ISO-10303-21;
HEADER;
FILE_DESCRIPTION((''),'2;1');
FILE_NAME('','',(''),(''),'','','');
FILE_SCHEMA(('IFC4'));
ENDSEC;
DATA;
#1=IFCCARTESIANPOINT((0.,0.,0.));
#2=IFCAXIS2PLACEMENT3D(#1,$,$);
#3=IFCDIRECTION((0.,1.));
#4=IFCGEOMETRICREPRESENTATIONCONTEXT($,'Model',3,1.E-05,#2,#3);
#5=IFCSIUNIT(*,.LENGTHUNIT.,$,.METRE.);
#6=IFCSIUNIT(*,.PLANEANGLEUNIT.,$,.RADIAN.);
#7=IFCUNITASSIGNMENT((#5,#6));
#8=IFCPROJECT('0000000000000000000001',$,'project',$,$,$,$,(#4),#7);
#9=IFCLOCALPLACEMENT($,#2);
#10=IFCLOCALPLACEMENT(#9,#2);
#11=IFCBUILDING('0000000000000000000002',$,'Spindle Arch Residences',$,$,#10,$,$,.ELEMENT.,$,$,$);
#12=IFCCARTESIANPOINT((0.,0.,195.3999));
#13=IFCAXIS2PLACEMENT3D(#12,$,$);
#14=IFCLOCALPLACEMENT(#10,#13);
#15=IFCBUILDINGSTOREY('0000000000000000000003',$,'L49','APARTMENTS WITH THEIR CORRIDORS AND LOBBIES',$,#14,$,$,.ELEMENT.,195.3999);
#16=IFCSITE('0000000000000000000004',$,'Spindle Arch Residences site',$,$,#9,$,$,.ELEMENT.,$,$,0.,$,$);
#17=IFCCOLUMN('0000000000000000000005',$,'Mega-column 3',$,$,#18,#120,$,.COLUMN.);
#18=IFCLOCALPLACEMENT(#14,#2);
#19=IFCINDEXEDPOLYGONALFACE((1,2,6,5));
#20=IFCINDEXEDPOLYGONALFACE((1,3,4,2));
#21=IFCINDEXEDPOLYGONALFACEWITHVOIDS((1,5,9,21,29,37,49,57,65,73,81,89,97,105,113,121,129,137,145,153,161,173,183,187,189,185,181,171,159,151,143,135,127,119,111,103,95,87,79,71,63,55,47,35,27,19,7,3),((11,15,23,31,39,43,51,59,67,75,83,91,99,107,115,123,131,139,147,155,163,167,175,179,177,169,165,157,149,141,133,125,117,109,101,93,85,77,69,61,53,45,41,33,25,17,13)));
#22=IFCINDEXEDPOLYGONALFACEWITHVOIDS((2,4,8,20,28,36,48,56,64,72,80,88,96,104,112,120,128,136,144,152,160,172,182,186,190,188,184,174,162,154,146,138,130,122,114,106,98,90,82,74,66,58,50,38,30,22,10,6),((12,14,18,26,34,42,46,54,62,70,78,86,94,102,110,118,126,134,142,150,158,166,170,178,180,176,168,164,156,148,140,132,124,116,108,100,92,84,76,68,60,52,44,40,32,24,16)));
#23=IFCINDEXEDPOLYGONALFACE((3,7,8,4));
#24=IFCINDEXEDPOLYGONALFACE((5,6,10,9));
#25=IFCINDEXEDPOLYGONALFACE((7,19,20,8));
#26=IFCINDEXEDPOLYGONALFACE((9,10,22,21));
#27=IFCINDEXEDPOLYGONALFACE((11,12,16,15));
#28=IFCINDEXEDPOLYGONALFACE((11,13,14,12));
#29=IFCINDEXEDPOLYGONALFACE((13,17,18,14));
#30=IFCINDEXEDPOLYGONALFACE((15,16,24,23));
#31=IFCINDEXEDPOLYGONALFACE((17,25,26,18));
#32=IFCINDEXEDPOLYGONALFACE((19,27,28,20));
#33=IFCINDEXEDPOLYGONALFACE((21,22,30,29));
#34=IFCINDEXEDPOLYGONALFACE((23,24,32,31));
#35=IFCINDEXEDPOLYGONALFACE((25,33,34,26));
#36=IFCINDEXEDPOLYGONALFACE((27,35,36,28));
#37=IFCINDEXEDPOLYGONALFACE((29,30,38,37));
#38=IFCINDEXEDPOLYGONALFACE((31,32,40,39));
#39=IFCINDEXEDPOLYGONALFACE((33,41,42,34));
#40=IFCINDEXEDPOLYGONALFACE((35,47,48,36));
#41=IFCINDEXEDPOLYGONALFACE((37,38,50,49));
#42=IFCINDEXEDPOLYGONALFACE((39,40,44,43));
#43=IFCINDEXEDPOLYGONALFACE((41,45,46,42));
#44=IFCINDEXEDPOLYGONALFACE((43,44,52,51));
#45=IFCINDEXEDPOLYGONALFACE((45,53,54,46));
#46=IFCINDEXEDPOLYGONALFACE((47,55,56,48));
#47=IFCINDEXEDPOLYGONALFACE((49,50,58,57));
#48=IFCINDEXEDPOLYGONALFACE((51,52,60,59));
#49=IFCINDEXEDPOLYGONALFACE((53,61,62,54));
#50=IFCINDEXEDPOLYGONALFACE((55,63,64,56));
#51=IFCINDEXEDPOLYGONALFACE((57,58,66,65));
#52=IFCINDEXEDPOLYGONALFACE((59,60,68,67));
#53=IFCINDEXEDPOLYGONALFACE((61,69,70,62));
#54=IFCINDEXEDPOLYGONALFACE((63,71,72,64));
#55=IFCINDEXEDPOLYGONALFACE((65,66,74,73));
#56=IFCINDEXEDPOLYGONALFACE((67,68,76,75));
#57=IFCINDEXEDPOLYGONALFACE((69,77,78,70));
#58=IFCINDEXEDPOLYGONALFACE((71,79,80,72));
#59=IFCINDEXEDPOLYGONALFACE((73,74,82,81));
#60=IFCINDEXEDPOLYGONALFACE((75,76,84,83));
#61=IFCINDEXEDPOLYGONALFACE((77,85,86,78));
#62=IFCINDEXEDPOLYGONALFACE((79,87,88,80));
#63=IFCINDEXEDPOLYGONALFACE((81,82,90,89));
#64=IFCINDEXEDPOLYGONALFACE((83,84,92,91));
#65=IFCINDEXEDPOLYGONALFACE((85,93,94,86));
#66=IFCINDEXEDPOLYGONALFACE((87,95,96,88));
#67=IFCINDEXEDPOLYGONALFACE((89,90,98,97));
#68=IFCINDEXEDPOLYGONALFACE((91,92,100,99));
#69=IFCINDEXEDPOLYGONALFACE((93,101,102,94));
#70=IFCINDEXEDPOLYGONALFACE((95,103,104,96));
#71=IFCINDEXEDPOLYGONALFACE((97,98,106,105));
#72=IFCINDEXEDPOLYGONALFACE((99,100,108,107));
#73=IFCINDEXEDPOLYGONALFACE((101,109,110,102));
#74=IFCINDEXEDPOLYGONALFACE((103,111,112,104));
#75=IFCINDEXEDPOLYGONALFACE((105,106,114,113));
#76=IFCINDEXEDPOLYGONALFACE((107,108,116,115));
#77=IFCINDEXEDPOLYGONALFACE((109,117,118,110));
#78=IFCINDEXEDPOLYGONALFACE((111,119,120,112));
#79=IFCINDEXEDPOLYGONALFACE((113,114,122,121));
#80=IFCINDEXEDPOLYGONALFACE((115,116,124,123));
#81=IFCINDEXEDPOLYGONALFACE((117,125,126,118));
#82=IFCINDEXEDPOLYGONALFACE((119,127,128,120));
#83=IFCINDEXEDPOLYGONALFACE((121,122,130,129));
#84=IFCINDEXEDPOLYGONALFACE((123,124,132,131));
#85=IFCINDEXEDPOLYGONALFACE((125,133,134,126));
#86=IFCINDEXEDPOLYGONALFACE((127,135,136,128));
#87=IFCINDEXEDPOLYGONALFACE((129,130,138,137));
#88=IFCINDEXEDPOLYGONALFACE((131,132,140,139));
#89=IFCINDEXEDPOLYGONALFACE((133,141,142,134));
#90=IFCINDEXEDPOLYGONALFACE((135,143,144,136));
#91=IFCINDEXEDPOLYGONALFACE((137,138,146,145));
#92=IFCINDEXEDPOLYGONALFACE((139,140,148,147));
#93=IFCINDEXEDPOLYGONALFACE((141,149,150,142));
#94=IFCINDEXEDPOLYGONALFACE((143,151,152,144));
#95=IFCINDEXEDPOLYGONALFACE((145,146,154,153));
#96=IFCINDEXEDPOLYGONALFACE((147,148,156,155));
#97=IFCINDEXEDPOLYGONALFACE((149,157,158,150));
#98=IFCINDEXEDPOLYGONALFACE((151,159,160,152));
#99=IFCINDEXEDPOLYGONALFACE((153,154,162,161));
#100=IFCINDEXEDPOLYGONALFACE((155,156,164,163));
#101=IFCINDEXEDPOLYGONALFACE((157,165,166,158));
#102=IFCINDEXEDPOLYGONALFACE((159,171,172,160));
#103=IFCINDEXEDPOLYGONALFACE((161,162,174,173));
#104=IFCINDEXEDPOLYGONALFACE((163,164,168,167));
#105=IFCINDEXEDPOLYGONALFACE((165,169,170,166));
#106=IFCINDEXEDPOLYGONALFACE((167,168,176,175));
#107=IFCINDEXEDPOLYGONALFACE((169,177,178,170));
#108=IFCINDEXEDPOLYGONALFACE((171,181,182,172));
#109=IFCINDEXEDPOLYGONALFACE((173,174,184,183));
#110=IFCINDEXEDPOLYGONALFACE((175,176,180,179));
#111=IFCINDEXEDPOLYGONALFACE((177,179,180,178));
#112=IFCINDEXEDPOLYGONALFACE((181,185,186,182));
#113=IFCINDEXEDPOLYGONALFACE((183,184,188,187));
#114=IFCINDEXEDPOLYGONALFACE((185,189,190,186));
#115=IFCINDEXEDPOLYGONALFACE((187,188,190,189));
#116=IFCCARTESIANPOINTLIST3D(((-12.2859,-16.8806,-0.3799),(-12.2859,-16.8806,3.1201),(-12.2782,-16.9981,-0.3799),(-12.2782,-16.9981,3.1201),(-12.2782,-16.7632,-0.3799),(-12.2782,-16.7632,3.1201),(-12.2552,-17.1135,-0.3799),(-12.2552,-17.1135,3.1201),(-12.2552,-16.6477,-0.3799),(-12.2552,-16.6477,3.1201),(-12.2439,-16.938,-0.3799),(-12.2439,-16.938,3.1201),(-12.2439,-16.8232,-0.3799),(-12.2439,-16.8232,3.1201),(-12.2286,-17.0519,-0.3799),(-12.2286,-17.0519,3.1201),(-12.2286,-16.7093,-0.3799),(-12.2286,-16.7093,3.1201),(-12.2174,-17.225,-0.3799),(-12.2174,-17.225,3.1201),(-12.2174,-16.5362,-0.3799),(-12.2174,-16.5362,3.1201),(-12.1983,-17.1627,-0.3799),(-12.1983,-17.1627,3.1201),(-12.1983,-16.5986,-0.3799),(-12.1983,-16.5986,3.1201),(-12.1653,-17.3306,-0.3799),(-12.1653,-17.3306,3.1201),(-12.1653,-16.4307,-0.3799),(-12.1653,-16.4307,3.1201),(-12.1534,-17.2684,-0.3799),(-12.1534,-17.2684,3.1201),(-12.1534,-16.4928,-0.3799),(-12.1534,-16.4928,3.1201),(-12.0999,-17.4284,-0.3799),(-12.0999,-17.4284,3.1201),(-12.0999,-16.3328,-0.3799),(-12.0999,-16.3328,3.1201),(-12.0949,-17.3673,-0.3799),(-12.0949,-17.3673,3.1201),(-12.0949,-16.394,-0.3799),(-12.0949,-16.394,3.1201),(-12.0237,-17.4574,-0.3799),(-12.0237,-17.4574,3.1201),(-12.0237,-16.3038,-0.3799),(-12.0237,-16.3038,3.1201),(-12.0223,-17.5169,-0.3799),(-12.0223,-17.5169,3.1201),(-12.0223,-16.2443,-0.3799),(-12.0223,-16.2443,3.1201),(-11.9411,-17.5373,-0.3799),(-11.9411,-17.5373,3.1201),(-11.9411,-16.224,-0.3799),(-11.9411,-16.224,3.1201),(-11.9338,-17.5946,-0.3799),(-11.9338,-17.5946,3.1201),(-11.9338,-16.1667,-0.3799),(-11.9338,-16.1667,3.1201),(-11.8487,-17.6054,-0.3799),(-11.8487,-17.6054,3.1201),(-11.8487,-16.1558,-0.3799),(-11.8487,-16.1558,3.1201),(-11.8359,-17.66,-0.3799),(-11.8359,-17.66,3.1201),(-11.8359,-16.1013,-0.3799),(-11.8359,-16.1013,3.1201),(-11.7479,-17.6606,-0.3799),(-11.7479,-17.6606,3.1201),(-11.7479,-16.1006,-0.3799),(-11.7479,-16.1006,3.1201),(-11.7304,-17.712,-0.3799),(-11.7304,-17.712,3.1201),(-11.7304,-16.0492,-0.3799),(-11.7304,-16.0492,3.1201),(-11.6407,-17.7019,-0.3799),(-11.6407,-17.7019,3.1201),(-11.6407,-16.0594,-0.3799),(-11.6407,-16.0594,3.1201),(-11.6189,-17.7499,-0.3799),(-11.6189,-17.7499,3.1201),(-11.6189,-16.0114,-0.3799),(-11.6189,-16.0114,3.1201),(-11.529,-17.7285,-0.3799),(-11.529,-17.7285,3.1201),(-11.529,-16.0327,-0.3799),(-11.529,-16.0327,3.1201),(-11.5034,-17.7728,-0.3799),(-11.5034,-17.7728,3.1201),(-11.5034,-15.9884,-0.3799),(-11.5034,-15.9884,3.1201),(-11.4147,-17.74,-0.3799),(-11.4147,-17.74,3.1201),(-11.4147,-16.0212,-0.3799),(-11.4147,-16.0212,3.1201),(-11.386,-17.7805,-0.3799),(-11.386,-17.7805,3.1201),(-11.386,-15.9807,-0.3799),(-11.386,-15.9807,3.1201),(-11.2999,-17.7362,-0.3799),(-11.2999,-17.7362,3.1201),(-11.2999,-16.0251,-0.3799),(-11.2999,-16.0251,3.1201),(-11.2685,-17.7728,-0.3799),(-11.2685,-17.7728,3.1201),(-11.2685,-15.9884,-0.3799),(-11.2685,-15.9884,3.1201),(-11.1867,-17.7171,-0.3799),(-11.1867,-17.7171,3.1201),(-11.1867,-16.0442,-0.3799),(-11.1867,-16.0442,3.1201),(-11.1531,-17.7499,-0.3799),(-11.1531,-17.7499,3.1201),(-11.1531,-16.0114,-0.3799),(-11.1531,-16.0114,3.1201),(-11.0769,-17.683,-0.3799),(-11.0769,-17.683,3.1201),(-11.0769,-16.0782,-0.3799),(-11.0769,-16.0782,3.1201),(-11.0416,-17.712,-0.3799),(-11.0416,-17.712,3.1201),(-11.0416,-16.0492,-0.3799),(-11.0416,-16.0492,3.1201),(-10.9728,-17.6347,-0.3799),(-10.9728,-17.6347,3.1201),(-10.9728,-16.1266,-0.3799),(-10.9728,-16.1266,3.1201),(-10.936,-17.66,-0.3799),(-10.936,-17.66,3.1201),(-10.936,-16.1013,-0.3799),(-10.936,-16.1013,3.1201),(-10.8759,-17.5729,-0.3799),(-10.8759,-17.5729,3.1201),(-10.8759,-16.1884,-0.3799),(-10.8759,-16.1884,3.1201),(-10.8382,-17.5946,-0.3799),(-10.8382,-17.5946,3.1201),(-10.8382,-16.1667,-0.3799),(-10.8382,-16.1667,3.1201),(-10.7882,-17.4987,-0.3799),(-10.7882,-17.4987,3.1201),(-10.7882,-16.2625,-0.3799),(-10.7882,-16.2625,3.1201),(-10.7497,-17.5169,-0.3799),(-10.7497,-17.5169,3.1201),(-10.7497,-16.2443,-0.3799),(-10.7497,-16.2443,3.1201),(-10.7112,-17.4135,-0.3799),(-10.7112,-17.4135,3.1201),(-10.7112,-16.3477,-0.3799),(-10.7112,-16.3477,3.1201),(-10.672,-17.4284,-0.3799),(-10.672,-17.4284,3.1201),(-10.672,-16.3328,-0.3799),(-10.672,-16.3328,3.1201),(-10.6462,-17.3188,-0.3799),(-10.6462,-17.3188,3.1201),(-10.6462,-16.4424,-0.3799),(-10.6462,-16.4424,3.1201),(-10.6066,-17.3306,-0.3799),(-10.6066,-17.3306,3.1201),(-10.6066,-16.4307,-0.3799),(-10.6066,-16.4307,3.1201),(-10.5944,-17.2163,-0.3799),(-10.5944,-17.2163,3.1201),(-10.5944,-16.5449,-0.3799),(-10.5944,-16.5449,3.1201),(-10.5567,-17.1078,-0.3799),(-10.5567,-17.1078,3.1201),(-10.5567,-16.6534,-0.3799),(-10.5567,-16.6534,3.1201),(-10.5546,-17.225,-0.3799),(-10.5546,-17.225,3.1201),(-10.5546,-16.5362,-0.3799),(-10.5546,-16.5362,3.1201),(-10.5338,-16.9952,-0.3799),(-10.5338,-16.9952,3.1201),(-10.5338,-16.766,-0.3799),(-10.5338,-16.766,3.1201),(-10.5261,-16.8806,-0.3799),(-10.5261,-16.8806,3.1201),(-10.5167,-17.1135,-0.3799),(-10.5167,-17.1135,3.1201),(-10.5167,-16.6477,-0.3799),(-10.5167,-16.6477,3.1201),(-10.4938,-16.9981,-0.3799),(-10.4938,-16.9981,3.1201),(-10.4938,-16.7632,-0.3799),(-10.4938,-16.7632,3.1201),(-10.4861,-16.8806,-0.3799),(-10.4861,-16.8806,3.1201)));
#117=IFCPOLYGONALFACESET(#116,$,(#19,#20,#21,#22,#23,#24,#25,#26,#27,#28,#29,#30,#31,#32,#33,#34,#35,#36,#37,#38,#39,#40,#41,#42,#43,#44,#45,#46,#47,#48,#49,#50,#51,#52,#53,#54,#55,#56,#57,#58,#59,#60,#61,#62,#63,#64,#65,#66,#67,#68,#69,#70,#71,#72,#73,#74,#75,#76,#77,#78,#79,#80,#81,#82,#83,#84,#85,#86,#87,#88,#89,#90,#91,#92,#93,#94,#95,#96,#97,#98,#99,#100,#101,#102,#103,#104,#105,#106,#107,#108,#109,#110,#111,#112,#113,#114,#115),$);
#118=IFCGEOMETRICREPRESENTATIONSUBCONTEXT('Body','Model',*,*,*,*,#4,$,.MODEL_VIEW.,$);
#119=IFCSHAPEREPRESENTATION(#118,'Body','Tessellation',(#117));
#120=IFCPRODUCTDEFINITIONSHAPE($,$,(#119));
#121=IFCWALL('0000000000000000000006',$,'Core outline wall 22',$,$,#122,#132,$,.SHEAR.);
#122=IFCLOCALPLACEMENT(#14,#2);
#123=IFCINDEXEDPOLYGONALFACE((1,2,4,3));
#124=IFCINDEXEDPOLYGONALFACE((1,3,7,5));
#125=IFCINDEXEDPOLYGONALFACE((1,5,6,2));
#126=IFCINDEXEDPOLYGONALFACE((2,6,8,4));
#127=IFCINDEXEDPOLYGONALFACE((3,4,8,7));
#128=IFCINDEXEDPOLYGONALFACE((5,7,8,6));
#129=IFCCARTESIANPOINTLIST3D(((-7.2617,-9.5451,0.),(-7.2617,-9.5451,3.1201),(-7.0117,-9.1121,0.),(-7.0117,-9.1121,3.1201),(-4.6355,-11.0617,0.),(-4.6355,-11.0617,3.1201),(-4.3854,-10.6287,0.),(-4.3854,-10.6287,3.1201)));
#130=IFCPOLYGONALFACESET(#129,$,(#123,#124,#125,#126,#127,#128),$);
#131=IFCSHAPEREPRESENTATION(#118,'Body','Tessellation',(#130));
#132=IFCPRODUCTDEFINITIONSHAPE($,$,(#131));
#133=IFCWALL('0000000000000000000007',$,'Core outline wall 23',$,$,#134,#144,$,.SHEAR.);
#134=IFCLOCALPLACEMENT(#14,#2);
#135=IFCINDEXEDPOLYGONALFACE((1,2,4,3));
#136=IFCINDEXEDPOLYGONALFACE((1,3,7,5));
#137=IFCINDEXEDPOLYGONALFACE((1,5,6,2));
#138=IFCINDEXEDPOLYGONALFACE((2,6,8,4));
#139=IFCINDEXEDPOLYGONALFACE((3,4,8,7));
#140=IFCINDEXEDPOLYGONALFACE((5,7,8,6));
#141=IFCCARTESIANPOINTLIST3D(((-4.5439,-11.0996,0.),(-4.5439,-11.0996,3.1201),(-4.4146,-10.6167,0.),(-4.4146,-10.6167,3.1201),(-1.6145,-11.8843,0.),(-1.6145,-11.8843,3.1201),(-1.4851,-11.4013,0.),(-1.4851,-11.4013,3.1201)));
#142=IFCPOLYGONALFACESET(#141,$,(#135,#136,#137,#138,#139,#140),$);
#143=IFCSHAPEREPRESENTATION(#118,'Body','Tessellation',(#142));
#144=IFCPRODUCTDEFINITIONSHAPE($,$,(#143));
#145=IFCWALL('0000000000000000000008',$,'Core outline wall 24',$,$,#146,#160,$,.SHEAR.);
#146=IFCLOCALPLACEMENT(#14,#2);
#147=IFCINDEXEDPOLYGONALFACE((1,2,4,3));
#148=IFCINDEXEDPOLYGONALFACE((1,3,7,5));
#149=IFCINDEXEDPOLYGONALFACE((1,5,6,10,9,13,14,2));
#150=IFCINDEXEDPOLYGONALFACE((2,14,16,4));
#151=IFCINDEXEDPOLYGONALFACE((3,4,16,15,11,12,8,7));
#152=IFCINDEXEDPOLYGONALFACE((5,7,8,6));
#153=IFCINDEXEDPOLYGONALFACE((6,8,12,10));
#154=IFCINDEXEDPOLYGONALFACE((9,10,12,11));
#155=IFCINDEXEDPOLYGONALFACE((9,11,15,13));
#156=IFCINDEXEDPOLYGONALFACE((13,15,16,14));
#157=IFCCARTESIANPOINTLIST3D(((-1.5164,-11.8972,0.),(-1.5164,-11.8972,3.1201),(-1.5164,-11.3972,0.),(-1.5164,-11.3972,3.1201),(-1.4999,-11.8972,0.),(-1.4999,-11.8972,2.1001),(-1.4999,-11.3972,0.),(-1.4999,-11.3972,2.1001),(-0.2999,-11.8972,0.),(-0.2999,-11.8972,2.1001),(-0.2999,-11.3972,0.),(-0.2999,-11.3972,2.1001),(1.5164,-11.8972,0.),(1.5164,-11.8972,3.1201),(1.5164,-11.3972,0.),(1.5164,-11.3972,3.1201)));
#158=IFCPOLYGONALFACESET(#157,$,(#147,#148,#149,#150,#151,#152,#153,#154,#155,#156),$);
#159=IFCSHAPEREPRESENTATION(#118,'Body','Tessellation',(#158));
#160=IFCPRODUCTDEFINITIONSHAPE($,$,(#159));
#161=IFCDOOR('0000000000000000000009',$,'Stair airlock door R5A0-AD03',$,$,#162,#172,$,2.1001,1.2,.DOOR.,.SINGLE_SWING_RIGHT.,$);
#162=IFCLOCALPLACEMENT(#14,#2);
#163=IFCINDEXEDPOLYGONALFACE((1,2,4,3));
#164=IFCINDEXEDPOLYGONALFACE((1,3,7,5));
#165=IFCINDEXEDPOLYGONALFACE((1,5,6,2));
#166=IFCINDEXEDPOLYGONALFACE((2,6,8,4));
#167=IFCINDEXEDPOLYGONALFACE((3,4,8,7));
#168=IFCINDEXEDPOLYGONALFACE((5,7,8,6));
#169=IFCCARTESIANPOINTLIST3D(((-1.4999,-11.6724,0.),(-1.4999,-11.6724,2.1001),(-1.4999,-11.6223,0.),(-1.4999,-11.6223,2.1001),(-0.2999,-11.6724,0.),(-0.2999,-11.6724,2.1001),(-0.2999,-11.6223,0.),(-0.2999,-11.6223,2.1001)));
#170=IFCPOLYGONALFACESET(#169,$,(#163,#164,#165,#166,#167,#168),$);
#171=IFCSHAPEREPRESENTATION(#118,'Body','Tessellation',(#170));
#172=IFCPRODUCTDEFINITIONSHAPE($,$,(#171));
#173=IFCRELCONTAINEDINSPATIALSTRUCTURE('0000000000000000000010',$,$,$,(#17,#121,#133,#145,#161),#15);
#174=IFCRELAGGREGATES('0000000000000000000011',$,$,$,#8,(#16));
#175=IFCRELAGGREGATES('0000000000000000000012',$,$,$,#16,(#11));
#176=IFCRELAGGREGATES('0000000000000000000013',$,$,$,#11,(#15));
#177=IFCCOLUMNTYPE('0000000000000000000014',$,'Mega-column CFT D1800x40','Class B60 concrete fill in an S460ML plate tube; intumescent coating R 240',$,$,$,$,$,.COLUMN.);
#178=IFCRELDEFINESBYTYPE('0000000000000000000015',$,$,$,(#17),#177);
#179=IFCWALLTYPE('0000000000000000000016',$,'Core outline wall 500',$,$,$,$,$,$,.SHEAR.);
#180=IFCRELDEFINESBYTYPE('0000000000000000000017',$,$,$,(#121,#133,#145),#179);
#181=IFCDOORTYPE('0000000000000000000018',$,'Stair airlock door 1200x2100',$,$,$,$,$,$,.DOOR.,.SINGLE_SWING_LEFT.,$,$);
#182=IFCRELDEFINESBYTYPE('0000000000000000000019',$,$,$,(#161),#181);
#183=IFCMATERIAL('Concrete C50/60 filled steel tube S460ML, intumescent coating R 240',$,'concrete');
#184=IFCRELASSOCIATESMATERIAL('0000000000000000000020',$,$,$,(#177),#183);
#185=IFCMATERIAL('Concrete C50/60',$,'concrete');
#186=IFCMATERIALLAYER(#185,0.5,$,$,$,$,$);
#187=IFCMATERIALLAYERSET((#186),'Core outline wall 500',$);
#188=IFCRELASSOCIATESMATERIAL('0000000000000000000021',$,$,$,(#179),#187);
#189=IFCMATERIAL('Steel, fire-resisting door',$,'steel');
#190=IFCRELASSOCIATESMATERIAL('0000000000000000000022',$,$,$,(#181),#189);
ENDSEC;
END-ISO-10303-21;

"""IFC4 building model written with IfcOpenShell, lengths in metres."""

from ifc_helpers import new_model, si_unit, direction, frame, frame_2d, origin, origin_2d, place, context, subcontext, project, spatial, rectangle, hollow_circle, extrude, material, layer, layer_set, material_profile, profile_set, type_object, element, fill, save


model = new_model("IFC4")

# Units and contexts
model_context = context("Model", 3, precision=1e-05, world=origin(), true_north=direction((0.0, 1.0)))
body_context = subcontext(model_context, "Body", "Model", "MODEL_VIEW")
ifc_project = project(units=[si_unit("LENGTHUNIT", "METRE"), si_unit("PLANEANGLEUNIT", "RADIAN")], contexts=[model_context])

# Site, building, storey
site_placement = place(None, origin())
site = spatial("IfcSite", under=ifc_project, at=site_placement, Name="Spindle Arch Residences site", CompositionType="ELEMENT", RefElevation=0.0)
building_placement = place(site_placement, origin())
building = spatial("IfcBuilding", under=site, at=building_placement, Name="Spindle Arch Residences", CompositionType="ELEMENT")
storey_placement = place(building_placement, frame((0.0, 0.0, 195.3999)))
storey = spatial("IfcBuildingStorey", under=building, at=storey_placement, Name="L49", Description="APARTMENTS WITH THEIR CORRIDORS AND LOBBIES", CompositionType="ELEMENT", Elevation=195.3999)

# Column
ifc_material_1 = material(Name="Concrete C50/60 filled steel tube S460ML, intumescent coating R 240", Category="concrete")
ifc_material_profile = material_profile(ifc_material_1, hollow_circle(Radius=0.8999, WallThickness=0.04, at=origin_2d()), Name="CFT D1800x40")
ifc_profile_set = profile_set([ifc_material_profile], Name="Concrete C50/60 filled steel tube S460ML, intumescent coating R 240")
column_type = type_object("IfcColumnType", Name="Mega-column CFT D1800x40", Description="Class B60 concrete fill in an S460ML plate tube; intumescent coating R 240", PredefinedType="COLUMN", material=ifc_profile_set)
column_placement = place(storey_placement, frame((-11.386, -16.8806, -0.3799), z_axis=(0.0, 0.0, 1.0), x_axis=(1.0, 0.0, 0.0)))
element("IfcColumn", 1, at=column_placement, inside=storey, type_object=column_type, Name="Mega-column 3", PredefinedType="COLUMN", context=body_context, shape_type="SweptSolid", body=[
    extrude(hollow_circle(Radius=0.8999, WallThickness=0.04, at=origin_2d()), origin(), (0.0, 0.0, 1.0), 3.5),
])

# Walls
ifc_material_2 = material(Name="Concrete C50/60", Category="concrete")
ifc_layer_1 = layer(ifc_material_2, 0.5)
ifc_layer_set_1 = layer_set([ifc_layer_1], Name="Core outline wall 500")
wall_type_1 = type_object("IfcWallType", Name="Core outline wall 500", PredefinedType="SHEAR", material=ifc_layer_set_1)
for number, where, z_axis, x_axis, name in (
    (2, (-7.1367, -9.3286, 0.0), (0.0, 0.0, 1.0), (0.865975, -0.500087, 0.0), "Core outline wall 22"),
    (3, (-4.4792, -10.8582, 0.0), (0.0, 0.0, 1.0), (0.965948, -0.258735, 0.0), "Core outline wall 23"),
):
    element("IfcWall", number, at=place(storey_placement, frame(where, z_axis=z_axis, x_axis=x_axis)), inside=storey, type_object=wall_type_1, Name=name, PredefinedType="SHEAR", context=body_context, shape_type="SweptSolid", body=[
        extrude(rectangle(XDim=3.0327, YDim=0.5, at=frame_2d((1.5164, 0.0))), origin(), (0.0, 0.0, 1.0), 3.1201),
    ])

# Wall, opening, door
wall_1_placement = place(storey_placement, frame((-1.5164, -11.6472, 0.0), z_axis=(0.0, 0.0, 1.0), x_axis=(1.0, 0.0, 0.0)))
wall_1 = element("IfcWall", 4, at=wall_1_placement, inside=storey, type_object=wall_type_1, Name="Core outline wall 24", PredefinedType="SHEAR", context=body_context, shape_type="SweptSolid", body=[
    extrude(rectangle(XDim=3.0327, YDim=0.5, at=frame_2d((1.5164, 0.0))), origin(), (0.0, 0.0, 1.0), 3.1201),
])
opening_1_placement = place(wall_1_placement, frame((0.0164, 0.0, 0.0)))
opening_1 = element("IfcOpeningElement", 5, at=opening_1_placement, cuts=wall_1, PredefinedType="OPENING", context=body_context, shape_type="SweptSolid", body=[
    extrude(rectangle(XDim=1.2, YDim=2.1001, at=frame_2d((0.6001, 1.05))), frame((0.0, 0.26, 0.0), z_axis=(0.0, -1.0, 0.0), x_axis=(1.0, 0.0, 0.0)), (0.0, 0.0, 1.0), 0.52),
])
ifc_material_3 = material(Name="Steel, fire-resisting door", Category="steel")
door_type_1 = type_object("IfcDoorType", Name="Stair airlock door 1200x2100", OperationType="SINGLE_SWING_LEFT", PredefinedType="DOOR", material=ifc_material_3)
door_1_placement = place(opening_1_placement, origin())
door_1 = element("IfcDoor", 6, at=door_1_placement, inside=storey, type_object=door_type_1, Name="Stair airlock door R5A0-AD03", OperationType="SINGLE_SWING_RIGHT", OverallHeight=2.1001, OverallWidth=1.2, PredefinedType="DOOR", context=body_context, shape_type="SweptSolid", body=[
    extrude(rectangle(XDim=1.2, YDim=2.1001, at=frame_2d((0.6001, 1.05))), frame((0.0, 0.0249, 0.0), z_axis=(0.0, -1.0, 0.0), x_axis=(1.0, 0.0, 0.0)), (0.0, 0.0, 1.0), 0.05),
])
fill(opening_1, door_1)

save(model, "model.ifc")
